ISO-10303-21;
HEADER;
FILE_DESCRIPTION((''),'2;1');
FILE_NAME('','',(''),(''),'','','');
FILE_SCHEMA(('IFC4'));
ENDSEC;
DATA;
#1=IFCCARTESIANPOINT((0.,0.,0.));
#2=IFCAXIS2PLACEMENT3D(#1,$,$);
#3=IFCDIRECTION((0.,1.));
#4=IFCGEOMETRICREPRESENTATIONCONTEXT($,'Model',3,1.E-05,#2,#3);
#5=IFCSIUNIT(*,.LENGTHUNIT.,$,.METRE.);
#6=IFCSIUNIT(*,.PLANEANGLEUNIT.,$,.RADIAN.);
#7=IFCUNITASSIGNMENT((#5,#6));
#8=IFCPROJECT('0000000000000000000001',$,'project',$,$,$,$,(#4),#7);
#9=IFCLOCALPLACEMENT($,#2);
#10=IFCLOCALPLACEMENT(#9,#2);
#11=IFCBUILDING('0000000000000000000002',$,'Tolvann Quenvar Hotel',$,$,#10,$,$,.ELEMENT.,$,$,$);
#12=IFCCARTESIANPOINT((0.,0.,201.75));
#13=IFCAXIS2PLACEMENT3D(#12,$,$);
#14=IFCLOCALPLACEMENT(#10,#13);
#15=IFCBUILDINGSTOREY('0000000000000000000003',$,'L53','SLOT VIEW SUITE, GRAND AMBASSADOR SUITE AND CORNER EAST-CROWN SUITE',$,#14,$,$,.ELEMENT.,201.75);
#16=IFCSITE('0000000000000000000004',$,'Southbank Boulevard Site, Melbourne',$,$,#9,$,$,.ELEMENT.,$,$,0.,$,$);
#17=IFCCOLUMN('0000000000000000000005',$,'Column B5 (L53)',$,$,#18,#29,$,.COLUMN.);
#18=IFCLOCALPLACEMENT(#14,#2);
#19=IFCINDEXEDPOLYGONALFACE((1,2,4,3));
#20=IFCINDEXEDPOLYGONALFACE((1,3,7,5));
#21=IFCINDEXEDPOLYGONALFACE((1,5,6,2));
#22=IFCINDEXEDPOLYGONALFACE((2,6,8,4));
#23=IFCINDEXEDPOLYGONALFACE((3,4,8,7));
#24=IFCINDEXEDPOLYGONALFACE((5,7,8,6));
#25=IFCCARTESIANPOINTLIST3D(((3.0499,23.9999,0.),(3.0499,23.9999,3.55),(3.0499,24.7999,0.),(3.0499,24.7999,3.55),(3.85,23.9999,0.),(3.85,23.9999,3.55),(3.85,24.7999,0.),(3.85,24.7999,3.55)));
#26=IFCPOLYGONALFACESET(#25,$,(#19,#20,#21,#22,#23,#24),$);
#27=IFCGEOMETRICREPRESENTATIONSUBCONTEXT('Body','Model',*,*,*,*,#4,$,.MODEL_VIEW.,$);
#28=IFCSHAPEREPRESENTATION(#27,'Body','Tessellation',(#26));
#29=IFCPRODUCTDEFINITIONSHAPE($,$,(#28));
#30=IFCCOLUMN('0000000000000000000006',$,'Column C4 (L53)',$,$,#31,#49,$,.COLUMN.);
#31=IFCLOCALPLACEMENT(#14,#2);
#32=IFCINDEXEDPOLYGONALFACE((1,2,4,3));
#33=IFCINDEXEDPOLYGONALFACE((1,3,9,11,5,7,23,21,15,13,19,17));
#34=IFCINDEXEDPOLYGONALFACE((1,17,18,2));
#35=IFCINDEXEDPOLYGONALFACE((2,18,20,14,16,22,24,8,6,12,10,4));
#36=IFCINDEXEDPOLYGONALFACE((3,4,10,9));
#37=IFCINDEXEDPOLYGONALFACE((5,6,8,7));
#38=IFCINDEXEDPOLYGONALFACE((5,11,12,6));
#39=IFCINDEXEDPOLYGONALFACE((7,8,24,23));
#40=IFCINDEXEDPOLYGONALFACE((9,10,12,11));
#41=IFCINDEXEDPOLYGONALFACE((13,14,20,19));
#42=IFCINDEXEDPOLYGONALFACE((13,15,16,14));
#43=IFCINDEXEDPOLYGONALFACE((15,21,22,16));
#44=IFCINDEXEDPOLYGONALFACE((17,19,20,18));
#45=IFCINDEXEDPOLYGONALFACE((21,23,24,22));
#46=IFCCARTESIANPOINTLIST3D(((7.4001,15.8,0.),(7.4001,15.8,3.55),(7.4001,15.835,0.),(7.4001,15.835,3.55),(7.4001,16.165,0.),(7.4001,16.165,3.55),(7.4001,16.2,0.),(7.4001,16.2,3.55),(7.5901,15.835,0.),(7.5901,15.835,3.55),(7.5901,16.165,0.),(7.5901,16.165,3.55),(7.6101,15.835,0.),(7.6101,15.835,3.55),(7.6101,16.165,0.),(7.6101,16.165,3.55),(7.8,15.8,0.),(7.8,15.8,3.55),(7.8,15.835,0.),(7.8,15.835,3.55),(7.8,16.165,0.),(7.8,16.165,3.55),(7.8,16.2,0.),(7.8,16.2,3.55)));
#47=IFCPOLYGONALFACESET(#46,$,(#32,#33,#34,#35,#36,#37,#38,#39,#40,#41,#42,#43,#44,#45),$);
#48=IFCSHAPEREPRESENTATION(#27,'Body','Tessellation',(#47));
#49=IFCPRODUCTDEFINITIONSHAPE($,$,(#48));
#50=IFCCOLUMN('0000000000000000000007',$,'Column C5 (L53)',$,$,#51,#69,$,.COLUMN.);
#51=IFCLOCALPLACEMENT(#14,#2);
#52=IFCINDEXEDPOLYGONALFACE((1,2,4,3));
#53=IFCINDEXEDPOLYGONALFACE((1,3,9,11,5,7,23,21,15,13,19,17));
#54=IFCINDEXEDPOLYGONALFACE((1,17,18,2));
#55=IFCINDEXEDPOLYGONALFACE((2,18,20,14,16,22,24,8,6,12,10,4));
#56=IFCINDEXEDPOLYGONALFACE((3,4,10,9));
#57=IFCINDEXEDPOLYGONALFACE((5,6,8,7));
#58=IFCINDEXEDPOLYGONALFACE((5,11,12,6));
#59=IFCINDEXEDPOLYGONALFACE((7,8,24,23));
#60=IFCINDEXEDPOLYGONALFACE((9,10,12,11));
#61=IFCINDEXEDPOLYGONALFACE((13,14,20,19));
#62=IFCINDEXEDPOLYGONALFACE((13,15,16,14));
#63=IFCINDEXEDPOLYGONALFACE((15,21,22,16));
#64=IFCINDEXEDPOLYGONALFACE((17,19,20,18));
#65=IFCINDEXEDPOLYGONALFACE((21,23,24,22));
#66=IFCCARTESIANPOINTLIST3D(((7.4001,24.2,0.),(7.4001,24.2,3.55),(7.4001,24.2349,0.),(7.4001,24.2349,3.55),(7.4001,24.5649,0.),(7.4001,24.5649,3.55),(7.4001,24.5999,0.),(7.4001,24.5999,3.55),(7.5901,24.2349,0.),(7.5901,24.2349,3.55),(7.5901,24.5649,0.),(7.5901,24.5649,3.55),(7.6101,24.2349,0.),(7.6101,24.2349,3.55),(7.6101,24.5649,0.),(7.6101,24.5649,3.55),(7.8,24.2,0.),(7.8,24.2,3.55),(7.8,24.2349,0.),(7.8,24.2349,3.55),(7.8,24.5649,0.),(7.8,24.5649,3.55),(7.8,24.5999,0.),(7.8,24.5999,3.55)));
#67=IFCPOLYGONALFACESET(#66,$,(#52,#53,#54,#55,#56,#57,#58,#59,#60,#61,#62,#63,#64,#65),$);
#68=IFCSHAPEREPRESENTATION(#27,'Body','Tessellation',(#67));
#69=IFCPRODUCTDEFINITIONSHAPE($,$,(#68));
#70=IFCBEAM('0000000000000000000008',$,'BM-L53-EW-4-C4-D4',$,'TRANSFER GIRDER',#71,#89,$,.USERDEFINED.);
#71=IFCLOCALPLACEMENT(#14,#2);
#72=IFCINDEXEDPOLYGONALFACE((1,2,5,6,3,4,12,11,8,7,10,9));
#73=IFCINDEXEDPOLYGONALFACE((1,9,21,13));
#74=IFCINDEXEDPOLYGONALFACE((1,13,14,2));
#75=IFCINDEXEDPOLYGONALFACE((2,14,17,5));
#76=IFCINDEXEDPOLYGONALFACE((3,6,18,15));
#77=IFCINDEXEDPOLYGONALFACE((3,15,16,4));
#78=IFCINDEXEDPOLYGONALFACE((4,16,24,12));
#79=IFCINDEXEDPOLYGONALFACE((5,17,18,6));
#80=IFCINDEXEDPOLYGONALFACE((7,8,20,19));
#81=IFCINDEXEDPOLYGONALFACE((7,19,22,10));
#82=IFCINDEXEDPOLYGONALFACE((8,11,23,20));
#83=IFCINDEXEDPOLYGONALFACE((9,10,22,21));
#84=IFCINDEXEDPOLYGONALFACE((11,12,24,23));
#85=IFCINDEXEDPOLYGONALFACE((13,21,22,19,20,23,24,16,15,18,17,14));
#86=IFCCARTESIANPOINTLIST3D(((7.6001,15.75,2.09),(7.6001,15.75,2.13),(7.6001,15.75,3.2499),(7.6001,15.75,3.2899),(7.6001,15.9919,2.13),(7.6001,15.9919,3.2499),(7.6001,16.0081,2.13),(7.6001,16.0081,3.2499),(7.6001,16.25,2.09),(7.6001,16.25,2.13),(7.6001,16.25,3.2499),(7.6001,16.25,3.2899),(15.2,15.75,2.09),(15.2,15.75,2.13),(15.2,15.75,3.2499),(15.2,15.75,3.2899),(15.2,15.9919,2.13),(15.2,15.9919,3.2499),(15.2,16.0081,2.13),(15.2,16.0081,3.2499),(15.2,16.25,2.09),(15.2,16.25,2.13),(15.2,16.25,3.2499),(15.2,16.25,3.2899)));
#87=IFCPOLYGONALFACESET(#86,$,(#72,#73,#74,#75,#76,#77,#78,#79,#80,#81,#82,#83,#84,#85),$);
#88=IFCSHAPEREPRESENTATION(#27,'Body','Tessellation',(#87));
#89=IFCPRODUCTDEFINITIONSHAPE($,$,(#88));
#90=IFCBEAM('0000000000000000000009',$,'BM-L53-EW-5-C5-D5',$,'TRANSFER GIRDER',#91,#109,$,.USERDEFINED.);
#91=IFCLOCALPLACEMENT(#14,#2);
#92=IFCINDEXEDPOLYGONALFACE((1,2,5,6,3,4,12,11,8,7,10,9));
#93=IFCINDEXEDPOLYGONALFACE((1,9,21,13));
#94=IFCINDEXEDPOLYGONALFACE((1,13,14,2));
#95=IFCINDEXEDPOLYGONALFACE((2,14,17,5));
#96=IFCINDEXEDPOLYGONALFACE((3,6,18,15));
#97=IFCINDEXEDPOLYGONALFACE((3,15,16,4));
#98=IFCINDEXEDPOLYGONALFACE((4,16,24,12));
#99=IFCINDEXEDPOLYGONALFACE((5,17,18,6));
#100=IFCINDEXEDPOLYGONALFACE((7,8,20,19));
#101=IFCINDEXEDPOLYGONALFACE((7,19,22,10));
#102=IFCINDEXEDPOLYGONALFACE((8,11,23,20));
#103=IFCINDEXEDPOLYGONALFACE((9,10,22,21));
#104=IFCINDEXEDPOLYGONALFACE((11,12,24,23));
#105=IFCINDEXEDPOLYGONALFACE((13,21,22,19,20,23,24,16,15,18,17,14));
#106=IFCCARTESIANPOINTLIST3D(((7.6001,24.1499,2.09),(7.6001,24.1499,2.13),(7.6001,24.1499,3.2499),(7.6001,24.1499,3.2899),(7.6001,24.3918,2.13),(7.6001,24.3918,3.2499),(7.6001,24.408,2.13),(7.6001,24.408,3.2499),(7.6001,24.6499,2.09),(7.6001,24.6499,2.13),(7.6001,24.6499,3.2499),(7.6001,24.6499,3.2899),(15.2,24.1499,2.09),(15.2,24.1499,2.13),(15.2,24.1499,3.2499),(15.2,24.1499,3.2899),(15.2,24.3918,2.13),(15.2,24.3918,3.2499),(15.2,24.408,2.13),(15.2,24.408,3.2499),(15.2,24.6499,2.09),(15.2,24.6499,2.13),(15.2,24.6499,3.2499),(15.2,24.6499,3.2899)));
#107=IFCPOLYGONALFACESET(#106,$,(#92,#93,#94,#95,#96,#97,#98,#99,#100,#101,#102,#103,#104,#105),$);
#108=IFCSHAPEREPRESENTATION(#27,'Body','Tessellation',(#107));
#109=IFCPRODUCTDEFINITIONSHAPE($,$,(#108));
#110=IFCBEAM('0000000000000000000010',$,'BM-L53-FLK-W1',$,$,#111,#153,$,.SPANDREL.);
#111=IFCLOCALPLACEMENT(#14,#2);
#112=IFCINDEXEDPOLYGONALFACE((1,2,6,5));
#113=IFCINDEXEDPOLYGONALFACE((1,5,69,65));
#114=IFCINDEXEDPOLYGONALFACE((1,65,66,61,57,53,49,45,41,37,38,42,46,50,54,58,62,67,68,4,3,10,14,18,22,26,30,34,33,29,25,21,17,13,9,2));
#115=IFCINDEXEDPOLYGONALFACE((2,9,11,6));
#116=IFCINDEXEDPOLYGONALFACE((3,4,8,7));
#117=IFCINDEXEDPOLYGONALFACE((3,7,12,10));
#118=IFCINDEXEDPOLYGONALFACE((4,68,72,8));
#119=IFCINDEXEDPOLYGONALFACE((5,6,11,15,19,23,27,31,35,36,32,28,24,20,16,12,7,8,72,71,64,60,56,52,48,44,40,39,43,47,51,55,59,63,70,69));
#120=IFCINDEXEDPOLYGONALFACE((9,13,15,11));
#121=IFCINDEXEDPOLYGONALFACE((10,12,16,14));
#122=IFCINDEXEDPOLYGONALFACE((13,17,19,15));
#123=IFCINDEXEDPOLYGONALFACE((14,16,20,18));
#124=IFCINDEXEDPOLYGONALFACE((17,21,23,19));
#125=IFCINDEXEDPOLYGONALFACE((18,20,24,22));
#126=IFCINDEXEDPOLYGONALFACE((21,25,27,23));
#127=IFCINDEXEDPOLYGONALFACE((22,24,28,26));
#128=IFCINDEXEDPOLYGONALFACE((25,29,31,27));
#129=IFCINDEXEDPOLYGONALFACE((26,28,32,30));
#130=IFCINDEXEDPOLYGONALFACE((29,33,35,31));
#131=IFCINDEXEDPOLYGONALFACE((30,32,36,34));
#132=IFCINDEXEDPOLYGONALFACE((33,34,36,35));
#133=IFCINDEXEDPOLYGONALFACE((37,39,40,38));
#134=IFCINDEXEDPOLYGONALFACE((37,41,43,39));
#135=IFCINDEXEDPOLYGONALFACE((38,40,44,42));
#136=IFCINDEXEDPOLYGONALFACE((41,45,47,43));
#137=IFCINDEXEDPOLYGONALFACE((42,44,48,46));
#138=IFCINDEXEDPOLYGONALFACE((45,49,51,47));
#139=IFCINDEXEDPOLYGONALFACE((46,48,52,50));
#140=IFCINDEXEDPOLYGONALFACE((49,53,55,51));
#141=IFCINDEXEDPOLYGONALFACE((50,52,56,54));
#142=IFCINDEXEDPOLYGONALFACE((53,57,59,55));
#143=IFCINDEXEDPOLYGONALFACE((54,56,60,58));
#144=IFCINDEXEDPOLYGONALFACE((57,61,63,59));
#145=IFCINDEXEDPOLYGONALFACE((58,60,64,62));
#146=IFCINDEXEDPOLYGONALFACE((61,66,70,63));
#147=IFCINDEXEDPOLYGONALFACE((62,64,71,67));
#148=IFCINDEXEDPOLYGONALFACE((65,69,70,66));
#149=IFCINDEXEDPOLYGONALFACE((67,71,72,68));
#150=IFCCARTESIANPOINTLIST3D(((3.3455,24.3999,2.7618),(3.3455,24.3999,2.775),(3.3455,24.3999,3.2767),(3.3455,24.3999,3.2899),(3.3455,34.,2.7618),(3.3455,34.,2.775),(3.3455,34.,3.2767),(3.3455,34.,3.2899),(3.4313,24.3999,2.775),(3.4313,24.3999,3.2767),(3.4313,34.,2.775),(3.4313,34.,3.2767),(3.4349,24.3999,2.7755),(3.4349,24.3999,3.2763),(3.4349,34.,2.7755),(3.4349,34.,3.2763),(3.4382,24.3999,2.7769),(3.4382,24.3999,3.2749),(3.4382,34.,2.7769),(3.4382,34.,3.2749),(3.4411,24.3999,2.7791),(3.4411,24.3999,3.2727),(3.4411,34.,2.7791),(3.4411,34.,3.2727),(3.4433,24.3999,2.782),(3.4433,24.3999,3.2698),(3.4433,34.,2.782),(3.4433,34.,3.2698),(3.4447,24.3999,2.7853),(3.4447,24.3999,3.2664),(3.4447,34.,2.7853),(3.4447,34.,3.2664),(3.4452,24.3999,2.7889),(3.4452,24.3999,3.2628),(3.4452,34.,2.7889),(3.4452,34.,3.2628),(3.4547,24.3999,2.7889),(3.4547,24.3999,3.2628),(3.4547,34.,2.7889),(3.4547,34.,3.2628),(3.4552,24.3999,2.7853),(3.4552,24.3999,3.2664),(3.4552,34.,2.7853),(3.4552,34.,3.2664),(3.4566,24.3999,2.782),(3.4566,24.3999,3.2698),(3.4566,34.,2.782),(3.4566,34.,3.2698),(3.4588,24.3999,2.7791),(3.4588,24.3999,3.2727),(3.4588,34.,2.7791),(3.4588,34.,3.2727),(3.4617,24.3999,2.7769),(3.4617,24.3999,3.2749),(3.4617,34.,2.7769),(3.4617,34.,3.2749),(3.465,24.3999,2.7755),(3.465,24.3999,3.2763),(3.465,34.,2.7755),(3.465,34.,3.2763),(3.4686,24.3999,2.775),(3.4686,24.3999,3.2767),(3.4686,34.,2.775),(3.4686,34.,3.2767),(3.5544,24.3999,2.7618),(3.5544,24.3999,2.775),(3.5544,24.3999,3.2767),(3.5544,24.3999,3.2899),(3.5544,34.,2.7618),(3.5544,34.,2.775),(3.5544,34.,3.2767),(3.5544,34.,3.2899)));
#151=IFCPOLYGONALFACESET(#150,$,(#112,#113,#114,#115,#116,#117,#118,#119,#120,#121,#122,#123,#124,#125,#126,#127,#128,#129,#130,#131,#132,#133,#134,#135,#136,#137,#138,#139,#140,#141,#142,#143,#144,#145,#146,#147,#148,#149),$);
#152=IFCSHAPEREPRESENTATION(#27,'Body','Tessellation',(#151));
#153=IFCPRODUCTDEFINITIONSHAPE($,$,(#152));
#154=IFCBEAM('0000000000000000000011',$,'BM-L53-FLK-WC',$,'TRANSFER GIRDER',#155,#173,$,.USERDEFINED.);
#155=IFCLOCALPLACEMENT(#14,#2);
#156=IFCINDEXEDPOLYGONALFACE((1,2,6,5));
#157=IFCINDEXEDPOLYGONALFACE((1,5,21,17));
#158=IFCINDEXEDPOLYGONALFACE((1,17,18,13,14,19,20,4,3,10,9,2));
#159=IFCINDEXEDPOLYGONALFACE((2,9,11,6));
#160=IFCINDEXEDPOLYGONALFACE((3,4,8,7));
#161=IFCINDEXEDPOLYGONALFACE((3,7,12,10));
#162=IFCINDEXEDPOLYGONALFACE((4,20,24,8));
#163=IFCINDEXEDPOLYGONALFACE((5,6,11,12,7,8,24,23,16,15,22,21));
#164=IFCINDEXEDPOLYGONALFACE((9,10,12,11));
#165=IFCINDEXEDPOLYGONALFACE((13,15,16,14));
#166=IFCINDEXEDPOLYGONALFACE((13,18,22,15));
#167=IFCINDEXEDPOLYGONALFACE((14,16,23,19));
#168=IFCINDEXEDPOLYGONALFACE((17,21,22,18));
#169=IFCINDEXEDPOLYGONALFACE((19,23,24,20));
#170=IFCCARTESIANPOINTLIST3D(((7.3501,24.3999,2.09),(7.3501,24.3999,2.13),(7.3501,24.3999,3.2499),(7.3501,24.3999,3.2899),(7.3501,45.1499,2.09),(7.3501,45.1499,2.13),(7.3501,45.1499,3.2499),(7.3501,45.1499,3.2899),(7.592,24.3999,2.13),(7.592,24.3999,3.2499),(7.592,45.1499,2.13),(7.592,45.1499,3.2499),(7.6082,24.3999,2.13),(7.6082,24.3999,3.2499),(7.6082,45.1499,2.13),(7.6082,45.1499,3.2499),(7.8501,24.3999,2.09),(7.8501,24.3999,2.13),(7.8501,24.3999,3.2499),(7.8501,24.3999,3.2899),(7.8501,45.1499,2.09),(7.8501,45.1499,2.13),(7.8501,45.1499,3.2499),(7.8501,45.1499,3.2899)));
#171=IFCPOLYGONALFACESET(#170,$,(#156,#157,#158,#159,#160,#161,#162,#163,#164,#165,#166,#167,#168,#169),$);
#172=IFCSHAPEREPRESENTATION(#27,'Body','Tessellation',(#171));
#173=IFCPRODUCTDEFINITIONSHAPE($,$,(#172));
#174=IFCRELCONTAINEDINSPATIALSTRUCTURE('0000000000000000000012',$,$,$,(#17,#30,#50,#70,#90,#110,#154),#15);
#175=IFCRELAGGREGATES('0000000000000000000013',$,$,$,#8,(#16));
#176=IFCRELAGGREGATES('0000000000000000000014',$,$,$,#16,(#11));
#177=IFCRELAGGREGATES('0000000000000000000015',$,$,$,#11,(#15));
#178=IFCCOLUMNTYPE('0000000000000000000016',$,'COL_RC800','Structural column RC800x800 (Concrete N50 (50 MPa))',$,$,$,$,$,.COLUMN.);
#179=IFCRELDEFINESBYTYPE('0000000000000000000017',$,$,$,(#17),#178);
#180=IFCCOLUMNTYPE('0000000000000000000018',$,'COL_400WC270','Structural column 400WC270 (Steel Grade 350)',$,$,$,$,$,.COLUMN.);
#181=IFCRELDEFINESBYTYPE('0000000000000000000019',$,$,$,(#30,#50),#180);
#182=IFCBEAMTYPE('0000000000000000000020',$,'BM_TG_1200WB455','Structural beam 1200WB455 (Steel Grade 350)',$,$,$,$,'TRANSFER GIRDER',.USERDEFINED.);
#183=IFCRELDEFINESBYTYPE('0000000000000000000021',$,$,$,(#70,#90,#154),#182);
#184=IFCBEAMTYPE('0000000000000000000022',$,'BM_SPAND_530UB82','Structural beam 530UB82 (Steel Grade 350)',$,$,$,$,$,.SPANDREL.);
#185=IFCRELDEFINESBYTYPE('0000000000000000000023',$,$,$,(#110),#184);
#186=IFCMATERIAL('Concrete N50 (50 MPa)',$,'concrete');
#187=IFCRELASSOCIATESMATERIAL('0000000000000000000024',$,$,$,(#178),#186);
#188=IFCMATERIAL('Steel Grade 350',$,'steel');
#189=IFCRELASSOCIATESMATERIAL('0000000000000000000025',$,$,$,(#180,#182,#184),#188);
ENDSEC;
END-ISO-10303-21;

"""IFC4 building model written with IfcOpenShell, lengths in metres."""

from ifc_helpers import new_model, si_unit, direction, frame, origin, origin_2d, place, context, subcontext, project, spatial, rectangle, i_section, extrude, source, transform, mapped, material, material_profile, profile_set, type_object, type_shapes, element, save


model = new_model("IFC4")

# Units and contexts
model_context = context("Model", 3, precision=1e-05, world=origin(), true_north=direction((0.0, 1.0)))
body_context = subcontext(model_context, "Body", "Model", "MODEL_VIEW")
ifc_project = project(units=[si_unit("LENGTHUNIT", "METRE"), si_unit("PLANEANGLEUNIT", "RADIAN")], contexts=[model_context])

# Site, building, storey
site_placement = place(None, origin())
site = spatial("IfcSite", under=ifc_project, at=site_placement, Name="Southbank Boulevard Site, Melbourne", CompositionType="ELEMENT", RefElevation=0.0)
building_placement = place(site_placement, origin())
building = spatial("IfcBuilding", under=site, at=building_placement, Name="Tolvann Quenvar Hotel", CompositionType="ELEMENT")
storey_placement = place(building_placement, frame((0.0, 0.0, 201.75)))
storey = spatial("IfcBuildingStorey", under=building, at=storey_placement, Name="L53", Description="SLOT VIEW SUITE, GRAND AMBASSADOR SUITE AND CORNER EAST-CROWN SUITE", CompositionType="ELEMENT", Elevation=201.75)

# Columns
ifc_material_1 = material(Name="Concrete N50 (50 MPa)", Category="concrete")
ifc_material_profile_1 = material_profile(ifc_material_1, rectangle(XDim=0.8, YDim=0.8, at=origin_2d()), Name="RC800x800")
ifc_profile_set_1 = profile_set([ifc_material_profile_1], Name="Concrete N50 (50 MPa)")
column_type_1 = type_object("IfcColumnType", Name="COL_RC800", Description="Structural column RC800x800 (Concrete N50 (50 MPa))", PredefinedType="COLUMN", material=ifc_profile_set_1)
shared_shape_1 = source(origin(), body_context, "Body", "SweptSolid", [
    extrude(rectangle(XDim=0.8, YDim=0.8, at=origin_2d()), origin(), (0.0, 0.0, 1.0), 3.55),
])
type_shapes(column_type_1, [shared_shape_1])
column_placement = place(storey_placement, frame((3.45, 24.3999, 0.0), z_axis=(0.0, 0.0, 1.0), x_axis=(1.0, 0.0, 0.0)))
element("IfcColumn", 1, at=column_placement, inside=storey, type_object=column_type_1, Name="Column B5 (L53)", PredefinedType="COLUMN", context=body_context, shape_type="MappedRepresentation", body=[
    mapped(shared_shape_1, transform((0.0, 0.0, 0.0), x_axis=(1.0, 0.0, 0.0), y_axis=(0.0, 1.0, 0.0), z_axis=(0.0, 0.0, 1.0), scale=1.0)),
])
ifc_material_2 = material(Name="Steel Grade 350", Category="steel")
ifc_material_profile_2 = material_profile(ifc_material_2, i_section(OverallWidth=0.3999, OverallDepth=0.3999, WebThickness=0.02, FlangeThickness=0.0349, at=origin_2d()), Name="400WC270")
ifc_profile_set_2 = profile_set([ifc_material_profile_2], Name="Steel Grade 350")
column_type_2 = type_object("IfcColumnType", Name="COL_400WC270", Description="Structural column 400WC270 (Steel Grade 350)", PredefinedType="COLUMN", material=ifc_profile_set_2)
shared_shape_2 = source(origin(), body_context, "Body", "SweptSolid", [
    extrude(i_section(OverallWidth=0.3999, OverallDepth=0.3999, WebThickness=0.02, FlangeThickness=0.0349, at=origin_2d()), origin(), (0.0, 0.0, 1.0), 3.55),
])
type_shapes(column_type_2, [shared_shape_2])
for number, where, z_axis, x_axis, name in (
    (2, (7.6001, 16.0, 0.0), (0.0, 0.0, 1.0), (1.0, 0.0, 0.0), "Column C4 (L53)"),
    (3, (7.6001, 24.3999, 0.0), (0.0, 0.0, 1.0), (1.0, 0.0, 0.0), "Column C5 (L53)"),
):
    element("IfcColumn", number, at=place(storey_placement, frame(where, z_axis=z_axis, x_axis=x_axis)), inside=storey, type_object=column_type_2, Name=name, PredefinedType="COLUMN", context=body_context, shape_type="MappedRepresentation", body=[
        mapped(shared_shape_2, transform((0.0, 0.0, 0.0), x_axis=(1.0, 0.0, 0.0), y_axis=(0.0, 1.0, 0.0), z_axis=(0.0, 0.0, 1.0), scale=1.0)),
    ])

# Beams
ifc_material_profile_3 = material_profile(ifc_material_2, i_section(OverallWidth=0.5, OverallDepth=1.2, WebThickness=0.0161, FlangeThickness=0.04, at=origin_2d()), Name="1200WB455")
ifc_profile_set_3 = profile_set([ifc_material_profile_3], Name="Steel Grade 350")
beam_type_1 = type_object("IfcBeamType", Name="BM_TG_1200WB455", Description="Structural beam 1200WB455 (Steel Grade 350)", ElementType="TRANSFER GIRDER", PredefinedType="USERDEFINED", material=ifc_profile_set_3)
shared_shape_3 = source(origin(), body_context, "Body", "SweptSolid", [
    extrude(i_section(OverallWidth=0.5, OverallDepth=1.2, WebThickness=0.0161, FlangeThickness=0.04, at=origin_2d()), origin(), (0.0, 0.0, 1.0), 7.5999),
])
for number, where, z_axis, x_axis, name in (
    (4, (7.6001, 16.0, 2.6899), (1.0, 0.0, 0.0), (0.0, 1.0, 0.0), "BM-L53-EW-4-C4-D4"),
    (5, (7.6001, 24.3999, 2.6899), (1.0, 0.0, 0.0), (0.0, 1.0, 0.0), "BM-L53-EW-5-C5-D5"),
):
    element("IfcBeam", number, at=place(storey_placement, frame(where, z_axis=z_axis, x_axis=x_axis)), inside=storey, type_object=beam_type_1, Name=name, ObjectType="TRANSFER GIRDER", PredefinedType="USERDEFINED", context=body_context, shape_type="MappedRepresentation", body=[
        mapped(shared_shape_3, transform((0.0, 0.0, 0.0), x_axis=(1.0, 0.0, 0.0), y_axis=(0.0, 1.0, 0.0), z_axis=(0.0, 0.0, 1.0), scale=1.0)),
    ])
ifc_material_profile_4 = material_profile(ifc_material_2, i_section(OverallWidth=0.209, OverallDepth=0.5281, WebThickness=0.0095, FlangeThickness=0.0132, FilletRadius=0.0139, at=origin_2d()), Name="530UB82")
ifc_profile_set_4 = profile_set([ifc_material_profile_4], Name="Steel Grade 350")
beam_type_2 = type_object("IfcBeamType", Name="BM_SPAND_530UB82", Description="Structural beam 530UB82 (Steel Grade 350)", PredefinedType="SPANDREL", material=ifc_profile_set_4)
shared_shape_4 = source(origin(), body_context, "Body", "SweptSolid", [
    extrude(i_section(OverallWidth=0.209, OverallDepth=0.5281, WebThickness=0.0095, FlangeThickness=0.0132, FilletRadius=0.0139, at=origin_2d()), origin(), (0.0, 0.0, 1.0), 9.6001),
])
type_shapes(beam_type_2, [shared_shape_4])
beam_1_placement = place(storey_placement, frame((3.45, 24.3999, 3.0259), z_axis=(0.0, 1.0, 0.0), x_axis=(-1.0, 0.0, 0.0)))
element("IfcBeam", 6, at=beam_1_placement, inside=storey, type_object=beam_type_2, Name="BM-L53-FLK-W1", PredefinedType="SPANDREL", context=body_context, shape_type="MappedRepresentation", body=[
    mapped(shared_shape_4, transform((0.0, 0.0, 0.0), x_axis=(1.0, 0.0, 0.0), y_axis=(0.0, 1.0, 0.0), z_axis=(0.0, 0.0, 1.0), scale=1.0)),
])
shared_shape_5 = source(origin(), body_context, "Body", "SweptSolid", [
    extrude(i_section(OverallWidth=0.5, OverallDepth=1.2, WebThickness=0.0161, FlangeThickness=0.04, at=origin_2d()), origin(), (0.0, 0.0, 1.0), 20.75),
])
beam_2_placement = place(storey_placement, frame((7.6001, 24.3999, 2.6899), z_axis=(0.0, 1.0, 0.0), x_axis=(-1.0, 0.0, 0.0)))
element("IfcBeam", 7, at=beam_2_placement, inside=storey, type_object=beam_type_1, Name="BM-L53-FLK-WC", ObjectType="TRANSFER GIRDER", PredefinedType="USERDEFINED", context=body_context, shape_type="MappedRepresentation", body=[
    mapped(shared_shape_5, transform((0.0, 0.0, 0.0), x_axis=(1.0, 0.0, 0.0), y_axis=(0.0, 1.0, 0.0), z_axis=(0.0, 0.0, 1.0), scale=1.0)),
])

save(model, "model.ifc")
